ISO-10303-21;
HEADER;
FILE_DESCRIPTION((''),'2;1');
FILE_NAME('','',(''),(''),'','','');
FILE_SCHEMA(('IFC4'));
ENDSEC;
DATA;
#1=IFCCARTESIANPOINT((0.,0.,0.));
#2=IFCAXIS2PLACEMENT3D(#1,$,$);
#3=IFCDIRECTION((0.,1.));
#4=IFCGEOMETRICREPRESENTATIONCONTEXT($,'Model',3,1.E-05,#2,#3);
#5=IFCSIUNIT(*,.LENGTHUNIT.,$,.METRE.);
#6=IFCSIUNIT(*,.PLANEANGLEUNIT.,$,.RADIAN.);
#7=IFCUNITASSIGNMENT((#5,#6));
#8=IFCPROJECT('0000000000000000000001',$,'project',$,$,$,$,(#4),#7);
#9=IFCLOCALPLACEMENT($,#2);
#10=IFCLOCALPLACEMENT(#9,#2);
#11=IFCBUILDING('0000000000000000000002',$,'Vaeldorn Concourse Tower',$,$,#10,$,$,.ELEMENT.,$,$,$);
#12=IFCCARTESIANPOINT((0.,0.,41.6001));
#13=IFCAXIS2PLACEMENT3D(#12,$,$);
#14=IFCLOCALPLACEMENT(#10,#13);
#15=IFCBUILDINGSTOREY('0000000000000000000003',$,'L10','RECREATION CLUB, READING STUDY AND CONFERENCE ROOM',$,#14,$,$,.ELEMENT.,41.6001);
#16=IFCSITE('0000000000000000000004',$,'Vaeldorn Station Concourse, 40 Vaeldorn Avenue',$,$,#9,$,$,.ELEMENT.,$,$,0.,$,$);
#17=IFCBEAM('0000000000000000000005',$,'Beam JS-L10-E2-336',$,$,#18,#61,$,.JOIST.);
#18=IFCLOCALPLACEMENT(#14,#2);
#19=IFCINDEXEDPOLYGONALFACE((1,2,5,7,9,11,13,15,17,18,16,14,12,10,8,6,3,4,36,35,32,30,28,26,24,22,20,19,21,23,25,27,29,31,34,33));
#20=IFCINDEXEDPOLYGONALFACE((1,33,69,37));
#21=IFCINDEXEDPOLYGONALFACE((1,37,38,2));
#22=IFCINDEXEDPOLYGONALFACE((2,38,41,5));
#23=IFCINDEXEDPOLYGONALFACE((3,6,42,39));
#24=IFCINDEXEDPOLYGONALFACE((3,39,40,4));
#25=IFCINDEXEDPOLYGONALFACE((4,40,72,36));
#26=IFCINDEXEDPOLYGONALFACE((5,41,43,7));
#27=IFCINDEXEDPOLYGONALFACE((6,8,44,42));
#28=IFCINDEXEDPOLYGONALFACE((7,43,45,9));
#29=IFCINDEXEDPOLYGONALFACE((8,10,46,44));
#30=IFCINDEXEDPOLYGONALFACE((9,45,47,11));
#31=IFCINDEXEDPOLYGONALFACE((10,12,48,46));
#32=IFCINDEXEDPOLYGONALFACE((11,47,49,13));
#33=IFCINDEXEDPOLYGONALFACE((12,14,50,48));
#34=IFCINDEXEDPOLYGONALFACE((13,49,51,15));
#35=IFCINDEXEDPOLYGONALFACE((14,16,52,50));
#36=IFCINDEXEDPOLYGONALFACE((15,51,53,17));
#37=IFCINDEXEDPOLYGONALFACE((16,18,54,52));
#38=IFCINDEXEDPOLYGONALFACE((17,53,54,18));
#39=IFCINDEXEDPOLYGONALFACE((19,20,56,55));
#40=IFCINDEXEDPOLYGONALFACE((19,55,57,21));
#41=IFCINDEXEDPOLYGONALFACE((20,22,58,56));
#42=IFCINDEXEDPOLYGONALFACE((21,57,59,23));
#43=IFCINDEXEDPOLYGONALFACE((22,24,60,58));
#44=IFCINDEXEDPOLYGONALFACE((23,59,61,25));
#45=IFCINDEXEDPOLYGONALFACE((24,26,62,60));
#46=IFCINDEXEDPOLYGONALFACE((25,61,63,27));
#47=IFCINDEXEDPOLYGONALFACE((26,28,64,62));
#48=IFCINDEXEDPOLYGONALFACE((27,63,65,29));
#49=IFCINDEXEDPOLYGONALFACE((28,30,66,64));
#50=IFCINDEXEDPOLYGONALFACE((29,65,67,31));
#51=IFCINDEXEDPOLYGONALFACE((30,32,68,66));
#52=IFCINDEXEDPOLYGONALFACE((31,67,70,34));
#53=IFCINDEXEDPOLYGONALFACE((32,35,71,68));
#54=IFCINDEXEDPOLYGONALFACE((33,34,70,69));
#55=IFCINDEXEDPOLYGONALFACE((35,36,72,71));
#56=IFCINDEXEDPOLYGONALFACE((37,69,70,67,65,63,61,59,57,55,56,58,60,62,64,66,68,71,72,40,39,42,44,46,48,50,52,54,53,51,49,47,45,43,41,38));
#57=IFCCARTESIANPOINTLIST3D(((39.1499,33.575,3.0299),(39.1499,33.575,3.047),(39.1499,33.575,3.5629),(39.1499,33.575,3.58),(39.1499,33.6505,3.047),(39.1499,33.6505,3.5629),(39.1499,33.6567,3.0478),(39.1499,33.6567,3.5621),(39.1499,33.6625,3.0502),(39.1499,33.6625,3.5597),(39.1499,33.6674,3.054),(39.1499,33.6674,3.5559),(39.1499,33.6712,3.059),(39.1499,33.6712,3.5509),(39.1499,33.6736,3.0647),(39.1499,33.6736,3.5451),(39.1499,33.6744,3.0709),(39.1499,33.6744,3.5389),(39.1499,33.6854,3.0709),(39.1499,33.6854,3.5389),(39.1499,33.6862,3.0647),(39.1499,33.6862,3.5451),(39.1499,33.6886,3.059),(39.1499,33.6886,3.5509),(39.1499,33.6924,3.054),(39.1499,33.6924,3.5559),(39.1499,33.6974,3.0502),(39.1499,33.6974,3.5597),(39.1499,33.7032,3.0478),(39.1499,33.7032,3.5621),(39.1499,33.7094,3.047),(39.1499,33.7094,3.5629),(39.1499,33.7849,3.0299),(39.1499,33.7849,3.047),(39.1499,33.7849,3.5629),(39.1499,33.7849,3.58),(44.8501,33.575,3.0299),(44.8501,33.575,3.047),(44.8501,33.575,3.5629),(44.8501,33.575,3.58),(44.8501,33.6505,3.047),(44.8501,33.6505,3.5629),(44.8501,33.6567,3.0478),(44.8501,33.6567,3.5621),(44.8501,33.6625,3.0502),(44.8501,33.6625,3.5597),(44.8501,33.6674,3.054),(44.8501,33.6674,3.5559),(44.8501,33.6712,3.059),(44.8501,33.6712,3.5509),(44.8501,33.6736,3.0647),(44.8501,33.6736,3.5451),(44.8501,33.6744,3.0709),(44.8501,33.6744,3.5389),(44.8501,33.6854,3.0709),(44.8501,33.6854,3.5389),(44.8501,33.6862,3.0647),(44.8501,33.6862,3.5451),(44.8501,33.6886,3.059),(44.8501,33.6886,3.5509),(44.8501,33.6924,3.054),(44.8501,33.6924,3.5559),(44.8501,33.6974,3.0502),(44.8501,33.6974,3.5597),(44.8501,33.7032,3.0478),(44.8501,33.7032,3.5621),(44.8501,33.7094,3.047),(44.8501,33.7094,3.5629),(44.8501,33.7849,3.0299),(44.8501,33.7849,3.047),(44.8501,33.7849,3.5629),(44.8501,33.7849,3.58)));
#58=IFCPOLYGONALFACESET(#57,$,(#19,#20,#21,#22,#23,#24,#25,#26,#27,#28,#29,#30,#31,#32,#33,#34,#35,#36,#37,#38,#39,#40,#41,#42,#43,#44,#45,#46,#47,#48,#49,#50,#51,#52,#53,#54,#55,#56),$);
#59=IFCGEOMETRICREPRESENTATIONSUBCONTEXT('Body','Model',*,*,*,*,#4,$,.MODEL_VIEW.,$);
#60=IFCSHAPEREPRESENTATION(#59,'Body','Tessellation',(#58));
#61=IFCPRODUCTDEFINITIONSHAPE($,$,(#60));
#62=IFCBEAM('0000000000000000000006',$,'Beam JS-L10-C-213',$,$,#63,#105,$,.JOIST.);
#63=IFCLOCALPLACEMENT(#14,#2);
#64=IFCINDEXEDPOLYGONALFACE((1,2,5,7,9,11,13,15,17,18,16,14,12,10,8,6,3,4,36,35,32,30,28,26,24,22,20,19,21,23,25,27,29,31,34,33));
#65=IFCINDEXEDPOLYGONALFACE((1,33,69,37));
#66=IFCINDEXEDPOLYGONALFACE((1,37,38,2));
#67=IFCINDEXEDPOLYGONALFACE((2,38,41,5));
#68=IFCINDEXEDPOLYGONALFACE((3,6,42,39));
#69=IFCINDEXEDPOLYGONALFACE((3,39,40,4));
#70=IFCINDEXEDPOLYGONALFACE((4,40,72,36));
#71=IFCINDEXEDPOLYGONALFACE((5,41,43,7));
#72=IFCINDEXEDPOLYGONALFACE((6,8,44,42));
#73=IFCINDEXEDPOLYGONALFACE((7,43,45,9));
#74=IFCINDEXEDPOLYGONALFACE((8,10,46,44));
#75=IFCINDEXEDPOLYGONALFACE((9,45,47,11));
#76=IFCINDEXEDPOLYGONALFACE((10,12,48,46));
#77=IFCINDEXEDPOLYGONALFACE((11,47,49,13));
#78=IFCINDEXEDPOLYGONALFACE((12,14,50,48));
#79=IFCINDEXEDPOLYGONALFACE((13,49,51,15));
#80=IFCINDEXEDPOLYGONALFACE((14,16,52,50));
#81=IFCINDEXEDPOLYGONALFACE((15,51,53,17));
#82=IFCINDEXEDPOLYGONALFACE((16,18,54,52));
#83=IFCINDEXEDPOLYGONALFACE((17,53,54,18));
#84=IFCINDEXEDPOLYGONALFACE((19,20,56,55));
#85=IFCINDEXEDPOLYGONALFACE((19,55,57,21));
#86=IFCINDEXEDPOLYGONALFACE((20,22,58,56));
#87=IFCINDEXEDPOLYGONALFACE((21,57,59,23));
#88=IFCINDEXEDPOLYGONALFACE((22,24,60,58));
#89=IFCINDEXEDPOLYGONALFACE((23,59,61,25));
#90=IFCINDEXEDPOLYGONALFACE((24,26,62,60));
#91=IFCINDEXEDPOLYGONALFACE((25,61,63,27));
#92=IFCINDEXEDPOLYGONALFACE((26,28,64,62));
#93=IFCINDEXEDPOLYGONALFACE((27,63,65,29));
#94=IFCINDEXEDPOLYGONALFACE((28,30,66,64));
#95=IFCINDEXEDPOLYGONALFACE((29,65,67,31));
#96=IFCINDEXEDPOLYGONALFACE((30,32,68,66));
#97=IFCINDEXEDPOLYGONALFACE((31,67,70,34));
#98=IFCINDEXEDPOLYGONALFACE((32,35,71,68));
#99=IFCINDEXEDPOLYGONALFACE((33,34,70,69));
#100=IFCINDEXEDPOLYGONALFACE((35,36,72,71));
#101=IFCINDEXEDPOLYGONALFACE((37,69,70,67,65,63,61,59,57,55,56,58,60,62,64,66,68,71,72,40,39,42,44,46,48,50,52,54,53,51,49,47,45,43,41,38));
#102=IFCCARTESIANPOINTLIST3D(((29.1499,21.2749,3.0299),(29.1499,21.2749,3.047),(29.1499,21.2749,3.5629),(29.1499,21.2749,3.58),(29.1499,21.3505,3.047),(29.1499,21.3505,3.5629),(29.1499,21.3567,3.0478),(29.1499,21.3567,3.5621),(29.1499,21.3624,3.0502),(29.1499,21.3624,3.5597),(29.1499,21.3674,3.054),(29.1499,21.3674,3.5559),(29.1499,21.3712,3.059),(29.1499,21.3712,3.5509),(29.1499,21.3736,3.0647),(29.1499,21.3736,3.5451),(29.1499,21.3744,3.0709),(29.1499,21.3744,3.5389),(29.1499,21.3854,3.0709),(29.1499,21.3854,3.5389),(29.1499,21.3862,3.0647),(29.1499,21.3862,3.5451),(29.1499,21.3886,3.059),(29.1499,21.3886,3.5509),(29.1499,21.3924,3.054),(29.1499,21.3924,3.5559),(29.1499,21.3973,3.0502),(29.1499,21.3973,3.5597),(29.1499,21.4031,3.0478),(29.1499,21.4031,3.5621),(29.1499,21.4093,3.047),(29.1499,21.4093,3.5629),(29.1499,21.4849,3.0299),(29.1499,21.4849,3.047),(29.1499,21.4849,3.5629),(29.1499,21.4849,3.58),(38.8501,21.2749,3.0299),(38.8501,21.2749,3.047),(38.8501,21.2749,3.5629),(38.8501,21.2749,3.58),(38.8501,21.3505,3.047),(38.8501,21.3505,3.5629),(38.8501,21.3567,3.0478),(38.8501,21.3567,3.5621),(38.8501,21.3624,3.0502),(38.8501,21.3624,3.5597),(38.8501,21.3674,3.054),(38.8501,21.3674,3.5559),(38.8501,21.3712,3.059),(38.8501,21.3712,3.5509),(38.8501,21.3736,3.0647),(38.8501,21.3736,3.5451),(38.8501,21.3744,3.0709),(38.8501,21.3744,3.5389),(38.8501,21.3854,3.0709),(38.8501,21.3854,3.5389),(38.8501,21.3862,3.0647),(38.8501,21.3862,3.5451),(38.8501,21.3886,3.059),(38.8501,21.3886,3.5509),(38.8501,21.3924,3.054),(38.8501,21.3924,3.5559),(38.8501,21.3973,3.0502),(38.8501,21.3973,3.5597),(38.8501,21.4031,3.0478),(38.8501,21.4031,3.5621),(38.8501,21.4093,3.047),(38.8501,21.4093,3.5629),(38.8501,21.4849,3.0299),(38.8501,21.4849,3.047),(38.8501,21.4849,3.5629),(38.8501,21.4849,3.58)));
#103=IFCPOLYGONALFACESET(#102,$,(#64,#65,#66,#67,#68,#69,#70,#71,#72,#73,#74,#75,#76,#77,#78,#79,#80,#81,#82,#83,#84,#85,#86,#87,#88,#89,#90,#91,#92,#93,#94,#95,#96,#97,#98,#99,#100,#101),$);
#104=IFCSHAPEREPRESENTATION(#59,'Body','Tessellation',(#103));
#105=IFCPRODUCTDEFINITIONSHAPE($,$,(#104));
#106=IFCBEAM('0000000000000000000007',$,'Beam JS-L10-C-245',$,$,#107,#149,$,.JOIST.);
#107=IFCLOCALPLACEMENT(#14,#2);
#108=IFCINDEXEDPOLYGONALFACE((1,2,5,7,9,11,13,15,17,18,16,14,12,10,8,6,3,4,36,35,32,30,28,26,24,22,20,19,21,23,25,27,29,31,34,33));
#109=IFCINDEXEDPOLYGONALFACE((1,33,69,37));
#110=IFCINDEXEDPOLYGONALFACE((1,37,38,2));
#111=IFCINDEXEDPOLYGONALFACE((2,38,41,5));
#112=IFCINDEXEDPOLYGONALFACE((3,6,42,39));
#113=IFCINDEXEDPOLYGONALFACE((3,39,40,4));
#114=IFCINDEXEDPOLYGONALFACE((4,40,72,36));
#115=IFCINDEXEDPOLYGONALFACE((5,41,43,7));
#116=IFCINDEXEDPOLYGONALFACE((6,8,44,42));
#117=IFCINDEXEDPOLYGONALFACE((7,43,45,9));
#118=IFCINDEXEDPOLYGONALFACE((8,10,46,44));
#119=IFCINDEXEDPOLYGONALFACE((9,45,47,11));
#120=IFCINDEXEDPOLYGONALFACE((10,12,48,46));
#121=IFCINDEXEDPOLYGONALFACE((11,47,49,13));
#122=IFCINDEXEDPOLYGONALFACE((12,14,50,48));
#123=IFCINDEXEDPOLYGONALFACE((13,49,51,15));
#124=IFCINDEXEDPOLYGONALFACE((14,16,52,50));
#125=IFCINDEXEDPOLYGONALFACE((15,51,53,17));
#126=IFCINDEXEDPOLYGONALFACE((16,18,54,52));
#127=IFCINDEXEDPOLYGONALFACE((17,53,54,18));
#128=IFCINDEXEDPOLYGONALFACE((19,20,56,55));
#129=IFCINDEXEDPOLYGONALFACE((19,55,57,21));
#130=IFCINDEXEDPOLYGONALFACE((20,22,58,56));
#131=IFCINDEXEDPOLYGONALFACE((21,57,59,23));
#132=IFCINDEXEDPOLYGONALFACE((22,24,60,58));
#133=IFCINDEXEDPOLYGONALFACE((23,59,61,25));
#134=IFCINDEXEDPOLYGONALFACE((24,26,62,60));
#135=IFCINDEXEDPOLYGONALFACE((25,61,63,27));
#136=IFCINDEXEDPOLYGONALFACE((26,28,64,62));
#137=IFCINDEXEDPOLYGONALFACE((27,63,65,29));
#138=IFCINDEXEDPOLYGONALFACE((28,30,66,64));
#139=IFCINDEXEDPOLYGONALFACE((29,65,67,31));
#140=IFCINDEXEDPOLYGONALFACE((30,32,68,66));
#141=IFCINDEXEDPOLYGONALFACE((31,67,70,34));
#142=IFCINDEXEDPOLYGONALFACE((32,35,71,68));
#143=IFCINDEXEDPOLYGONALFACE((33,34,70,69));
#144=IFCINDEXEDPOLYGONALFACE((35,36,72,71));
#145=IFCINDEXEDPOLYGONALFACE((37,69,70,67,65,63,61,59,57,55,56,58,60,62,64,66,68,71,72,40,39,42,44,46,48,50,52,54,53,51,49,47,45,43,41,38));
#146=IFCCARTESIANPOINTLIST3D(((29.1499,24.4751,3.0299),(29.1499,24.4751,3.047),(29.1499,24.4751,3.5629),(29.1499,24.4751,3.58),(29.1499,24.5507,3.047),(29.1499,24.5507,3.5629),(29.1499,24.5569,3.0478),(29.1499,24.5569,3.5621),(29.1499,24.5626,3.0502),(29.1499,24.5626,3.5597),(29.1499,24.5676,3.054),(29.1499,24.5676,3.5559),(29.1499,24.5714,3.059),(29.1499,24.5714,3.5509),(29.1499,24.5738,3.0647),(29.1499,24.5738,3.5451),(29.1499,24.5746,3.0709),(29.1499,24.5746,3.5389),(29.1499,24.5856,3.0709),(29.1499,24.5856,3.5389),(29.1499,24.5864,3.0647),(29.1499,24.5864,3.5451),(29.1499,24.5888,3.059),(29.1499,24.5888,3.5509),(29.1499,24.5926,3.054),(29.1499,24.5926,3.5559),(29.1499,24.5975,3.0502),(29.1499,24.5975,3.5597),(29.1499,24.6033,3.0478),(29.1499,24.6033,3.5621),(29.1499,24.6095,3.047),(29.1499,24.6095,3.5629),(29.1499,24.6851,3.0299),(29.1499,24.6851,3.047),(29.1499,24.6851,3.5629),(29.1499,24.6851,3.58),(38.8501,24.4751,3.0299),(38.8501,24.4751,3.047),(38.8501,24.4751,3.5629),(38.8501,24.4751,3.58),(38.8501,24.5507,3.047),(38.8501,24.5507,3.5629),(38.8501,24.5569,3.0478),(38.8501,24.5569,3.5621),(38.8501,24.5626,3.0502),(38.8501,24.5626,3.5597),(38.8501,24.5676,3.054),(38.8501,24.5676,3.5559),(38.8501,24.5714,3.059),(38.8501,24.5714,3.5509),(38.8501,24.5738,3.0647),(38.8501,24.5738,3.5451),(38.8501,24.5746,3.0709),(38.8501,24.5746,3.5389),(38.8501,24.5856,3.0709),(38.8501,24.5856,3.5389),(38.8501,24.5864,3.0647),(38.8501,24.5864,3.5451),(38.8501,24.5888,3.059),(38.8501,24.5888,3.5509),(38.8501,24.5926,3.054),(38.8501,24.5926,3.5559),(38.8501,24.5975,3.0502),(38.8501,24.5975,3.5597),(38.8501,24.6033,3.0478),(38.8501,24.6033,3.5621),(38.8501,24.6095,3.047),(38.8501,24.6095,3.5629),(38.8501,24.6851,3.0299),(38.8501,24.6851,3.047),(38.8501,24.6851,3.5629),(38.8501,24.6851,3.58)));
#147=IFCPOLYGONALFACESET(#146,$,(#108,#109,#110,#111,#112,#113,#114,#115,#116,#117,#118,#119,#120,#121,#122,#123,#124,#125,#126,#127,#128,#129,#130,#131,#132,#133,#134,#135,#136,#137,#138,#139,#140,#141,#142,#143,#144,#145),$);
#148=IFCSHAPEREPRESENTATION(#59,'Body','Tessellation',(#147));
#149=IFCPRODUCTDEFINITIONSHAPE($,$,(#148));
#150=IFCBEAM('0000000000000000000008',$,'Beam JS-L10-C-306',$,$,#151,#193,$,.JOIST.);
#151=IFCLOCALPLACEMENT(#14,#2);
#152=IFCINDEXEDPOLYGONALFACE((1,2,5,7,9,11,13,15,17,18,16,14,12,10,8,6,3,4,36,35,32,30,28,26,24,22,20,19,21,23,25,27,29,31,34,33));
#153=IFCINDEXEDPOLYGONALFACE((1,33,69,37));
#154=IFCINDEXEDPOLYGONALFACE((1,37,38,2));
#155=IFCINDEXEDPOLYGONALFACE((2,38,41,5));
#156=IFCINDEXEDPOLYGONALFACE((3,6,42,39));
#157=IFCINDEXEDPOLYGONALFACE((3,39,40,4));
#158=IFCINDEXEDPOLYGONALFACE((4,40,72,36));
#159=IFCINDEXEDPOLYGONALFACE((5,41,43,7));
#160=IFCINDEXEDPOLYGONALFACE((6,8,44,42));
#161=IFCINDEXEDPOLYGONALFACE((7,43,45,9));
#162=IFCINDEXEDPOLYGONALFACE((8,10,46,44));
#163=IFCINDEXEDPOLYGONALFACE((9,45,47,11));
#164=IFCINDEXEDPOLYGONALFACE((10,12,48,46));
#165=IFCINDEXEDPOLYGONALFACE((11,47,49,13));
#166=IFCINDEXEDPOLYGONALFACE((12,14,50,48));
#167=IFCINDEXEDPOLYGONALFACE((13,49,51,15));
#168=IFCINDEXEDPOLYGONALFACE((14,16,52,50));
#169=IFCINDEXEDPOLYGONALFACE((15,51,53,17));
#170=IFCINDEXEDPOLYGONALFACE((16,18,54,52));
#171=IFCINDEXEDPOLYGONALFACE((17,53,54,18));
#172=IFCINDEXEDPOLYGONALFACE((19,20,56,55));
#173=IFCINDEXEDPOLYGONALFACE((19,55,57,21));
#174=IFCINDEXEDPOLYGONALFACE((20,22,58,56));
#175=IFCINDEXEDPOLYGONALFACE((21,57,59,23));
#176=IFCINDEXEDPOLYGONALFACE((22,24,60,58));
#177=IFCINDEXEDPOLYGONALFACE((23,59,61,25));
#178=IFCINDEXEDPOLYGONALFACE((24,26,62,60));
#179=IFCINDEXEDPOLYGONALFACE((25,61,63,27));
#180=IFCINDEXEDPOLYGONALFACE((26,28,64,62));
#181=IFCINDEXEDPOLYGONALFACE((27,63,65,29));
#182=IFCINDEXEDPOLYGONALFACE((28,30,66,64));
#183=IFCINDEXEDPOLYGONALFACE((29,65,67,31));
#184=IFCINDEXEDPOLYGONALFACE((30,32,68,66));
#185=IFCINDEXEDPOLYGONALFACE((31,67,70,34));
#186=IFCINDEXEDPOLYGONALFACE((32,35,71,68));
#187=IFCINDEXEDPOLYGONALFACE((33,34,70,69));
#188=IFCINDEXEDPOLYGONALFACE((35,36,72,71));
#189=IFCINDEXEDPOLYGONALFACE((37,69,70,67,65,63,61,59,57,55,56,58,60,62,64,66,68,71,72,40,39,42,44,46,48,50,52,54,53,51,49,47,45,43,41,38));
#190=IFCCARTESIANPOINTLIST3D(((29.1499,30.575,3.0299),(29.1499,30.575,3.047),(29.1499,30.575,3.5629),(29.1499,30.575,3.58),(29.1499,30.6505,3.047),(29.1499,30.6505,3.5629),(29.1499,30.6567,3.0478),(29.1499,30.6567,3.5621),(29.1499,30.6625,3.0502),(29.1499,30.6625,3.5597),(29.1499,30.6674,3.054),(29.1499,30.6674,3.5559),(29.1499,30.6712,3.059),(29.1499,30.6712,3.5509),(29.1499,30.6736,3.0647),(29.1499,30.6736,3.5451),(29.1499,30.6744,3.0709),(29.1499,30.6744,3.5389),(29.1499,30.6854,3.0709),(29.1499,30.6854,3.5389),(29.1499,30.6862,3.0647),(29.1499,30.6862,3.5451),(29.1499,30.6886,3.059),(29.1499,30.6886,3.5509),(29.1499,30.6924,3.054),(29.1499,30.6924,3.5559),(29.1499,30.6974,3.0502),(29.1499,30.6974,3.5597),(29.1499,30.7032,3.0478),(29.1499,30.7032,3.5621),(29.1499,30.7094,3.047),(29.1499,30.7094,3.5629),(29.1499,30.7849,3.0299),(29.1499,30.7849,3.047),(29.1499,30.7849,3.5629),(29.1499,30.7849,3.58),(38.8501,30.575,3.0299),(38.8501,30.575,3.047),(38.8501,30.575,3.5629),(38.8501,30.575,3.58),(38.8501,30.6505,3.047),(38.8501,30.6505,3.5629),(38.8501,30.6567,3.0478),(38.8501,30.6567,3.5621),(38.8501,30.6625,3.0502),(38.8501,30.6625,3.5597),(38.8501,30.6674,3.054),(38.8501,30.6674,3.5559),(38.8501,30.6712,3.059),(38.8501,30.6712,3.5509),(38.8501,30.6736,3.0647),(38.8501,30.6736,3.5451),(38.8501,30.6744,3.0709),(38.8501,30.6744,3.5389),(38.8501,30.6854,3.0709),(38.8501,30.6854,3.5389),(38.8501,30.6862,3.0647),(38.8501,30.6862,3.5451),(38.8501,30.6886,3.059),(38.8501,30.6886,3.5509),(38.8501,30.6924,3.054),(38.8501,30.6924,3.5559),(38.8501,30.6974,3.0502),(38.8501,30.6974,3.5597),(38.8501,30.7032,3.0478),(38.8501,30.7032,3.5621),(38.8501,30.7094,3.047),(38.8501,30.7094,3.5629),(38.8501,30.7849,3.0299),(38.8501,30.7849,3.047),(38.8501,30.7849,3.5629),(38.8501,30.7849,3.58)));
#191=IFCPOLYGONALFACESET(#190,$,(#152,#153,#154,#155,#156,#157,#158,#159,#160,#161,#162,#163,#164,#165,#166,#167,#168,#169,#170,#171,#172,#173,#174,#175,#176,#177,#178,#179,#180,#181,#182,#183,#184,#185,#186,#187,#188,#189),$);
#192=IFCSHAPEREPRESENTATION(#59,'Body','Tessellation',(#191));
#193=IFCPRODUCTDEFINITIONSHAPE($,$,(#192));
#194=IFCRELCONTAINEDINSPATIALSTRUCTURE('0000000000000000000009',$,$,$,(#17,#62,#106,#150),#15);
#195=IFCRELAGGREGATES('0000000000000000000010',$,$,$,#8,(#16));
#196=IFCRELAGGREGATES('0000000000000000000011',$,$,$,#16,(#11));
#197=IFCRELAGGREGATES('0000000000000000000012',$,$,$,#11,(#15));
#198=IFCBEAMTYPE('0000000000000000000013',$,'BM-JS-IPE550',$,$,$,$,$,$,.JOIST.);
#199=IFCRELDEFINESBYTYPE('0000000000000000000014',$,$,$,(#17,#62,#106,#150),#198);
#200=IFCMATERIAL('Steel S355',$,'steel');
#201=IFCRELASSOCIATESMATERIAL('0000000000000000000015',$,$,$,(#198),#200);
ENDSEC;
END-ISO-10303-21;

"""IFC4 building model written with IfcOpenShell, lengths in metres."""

from ifc_helpers import new_model, si_unit, direction, frame, origin, origin_2d, place, context, subcontext, project, spatial, i_section, extrude, source, transform, mapped, material, material_profile, profile_set, type_object, element, save


model = new_model("IFC4")

# Units and contexts
model_context = context("Model", 3, precision=1e-05, world=origin(), true_north=direction((0.0, 1.0)))
body_context = subcontext(model_context, "Body", "Model", "MODEL_VIEW")
ifc_project = project(units=[si_unit("LENGTHUNIT", "METRE"), si_unit("PLANEANGLEUNIT", "RADIAN")], contexts=[model_context])

# Site, building, storey
site_placement = place(None, origin())
site = spatial("IfcSite", under=ifc_project, at=site_placement, Name="Vaeldorn Station Concourse, 40 Vaeldorn Avenue", CompositionType="ELEMENT", RefElevation=0.0)
building_placement = place(site_placement, origin())
building = spatial("IfcBuilding", under=site, at=building_placement, Name="Vaeldorn Concourse Tower", CompositionType="ELEMENT")
storey_placement = place(building_placement, frame((0.0, 0.0, 41.6001)))
storey = spatial("IfcBuildingStorey", under=building, at=storey_placement, Name="L10", Description="RECREATION CLUB, READING STUDY AND CONFERENCE ROOM", CompositionType="ELEMENT", Elevation=41.6001)

# Beams
ifc_material_1 = material(Name="Steel S355", Category="steel")
ifc_material_profile_1 = material_profile(ifc_material_1, i_section(OverallWidth=0.21, OverallDepth=0.55, WebThickness=0.011, FlangeThickness=0.0171, FilletRadius=0.0239, at=origin_2d()), Name="IPE 550")
ifc_profile_set_1 = profile_set([ifc_material_profile_1], Name="Steel S355")
beam_type_1 = type_object("IfcBeamType", Name="BM-JS-IPE550", PredefinedType="JOIST", material=ifc_profile_set_1)
shared_shape_1 = source(origin(), body_context, "Body", "SweptSolid", [
    extrude(i_section(OverallWidth=0.21, OverallDepth=0.55, WebThickness=0.011, FlangeThickness=0.0171, FilletRadius=0.0239, at=origin_2d()), origin(), (0.0, 0.0, 1.0), 5.7002),
])
for number, where, z_axis, x_axis, name in (
    (1, (39.1499, 33.6799, 3.3049), (1.0, 0.0, 0.0), (0.0, 1.0, 0.0), "Beam JS-L10-E2-336"),
):
    element("IfcBeam", number, at=place(storey_placement, frame(where, z_axis=z_axis, x_axis=x_axis)), inside=storey, type_object=beam_type_1, Name=name, PredefinedType="JOIST", context=body_context, shape_type="MappedRepresentation", body=[
        mapped(shared_shape_1, transform((0.0, 0.0, 0.0), scale=1.0)),
    ])
shared_shape_2 = source(origin(), body_context, "Body", "SweptSolid", [
    extrude(i_section(OverallWidth=0.21, OverallDepth=0.55, WebThickness=0.011, FlangeThickness=0.0171, FilletRadius=0.0239, at=origin_2d()), origin(), (0.0, 0.0, 1.0), 9.7002),
])
for number, where, z_axis, x_axis, name in (
    (2, (29.1499, 21.3799, 3.3049), (1.0, 0.0, 0.0), (0.0, 1.0, 0.0), "Beam JS-L10-C-213"),
    (3, (29.1499, 24.5801, 3.3049), (1.0, 0.0, 0.0), (0.0, 1.0, 0.0), "Beam JS-L10-C-245"),
    (4, (29.1499, 30.6799, 3.3049), (1.0, 0.0, 0.0), (0.0, 1.0, 0.0), "Beam JS-L10-C-306"),
):
    element("IfcBeam", number, at=place(storey_placement, frame(where, z_axis=z_axis, x_axis=x_axis)), inside=storey, type_object=beam_type_1, Name=name, PredefinedType="JOIST", context=body_context, shape_type="MappedRepresentation", body=[
        mapped(shared_shape_2, transform((0.0, 0.0, 0.0), scale=1.0)),
    ])

save(model, "model.ifc")
